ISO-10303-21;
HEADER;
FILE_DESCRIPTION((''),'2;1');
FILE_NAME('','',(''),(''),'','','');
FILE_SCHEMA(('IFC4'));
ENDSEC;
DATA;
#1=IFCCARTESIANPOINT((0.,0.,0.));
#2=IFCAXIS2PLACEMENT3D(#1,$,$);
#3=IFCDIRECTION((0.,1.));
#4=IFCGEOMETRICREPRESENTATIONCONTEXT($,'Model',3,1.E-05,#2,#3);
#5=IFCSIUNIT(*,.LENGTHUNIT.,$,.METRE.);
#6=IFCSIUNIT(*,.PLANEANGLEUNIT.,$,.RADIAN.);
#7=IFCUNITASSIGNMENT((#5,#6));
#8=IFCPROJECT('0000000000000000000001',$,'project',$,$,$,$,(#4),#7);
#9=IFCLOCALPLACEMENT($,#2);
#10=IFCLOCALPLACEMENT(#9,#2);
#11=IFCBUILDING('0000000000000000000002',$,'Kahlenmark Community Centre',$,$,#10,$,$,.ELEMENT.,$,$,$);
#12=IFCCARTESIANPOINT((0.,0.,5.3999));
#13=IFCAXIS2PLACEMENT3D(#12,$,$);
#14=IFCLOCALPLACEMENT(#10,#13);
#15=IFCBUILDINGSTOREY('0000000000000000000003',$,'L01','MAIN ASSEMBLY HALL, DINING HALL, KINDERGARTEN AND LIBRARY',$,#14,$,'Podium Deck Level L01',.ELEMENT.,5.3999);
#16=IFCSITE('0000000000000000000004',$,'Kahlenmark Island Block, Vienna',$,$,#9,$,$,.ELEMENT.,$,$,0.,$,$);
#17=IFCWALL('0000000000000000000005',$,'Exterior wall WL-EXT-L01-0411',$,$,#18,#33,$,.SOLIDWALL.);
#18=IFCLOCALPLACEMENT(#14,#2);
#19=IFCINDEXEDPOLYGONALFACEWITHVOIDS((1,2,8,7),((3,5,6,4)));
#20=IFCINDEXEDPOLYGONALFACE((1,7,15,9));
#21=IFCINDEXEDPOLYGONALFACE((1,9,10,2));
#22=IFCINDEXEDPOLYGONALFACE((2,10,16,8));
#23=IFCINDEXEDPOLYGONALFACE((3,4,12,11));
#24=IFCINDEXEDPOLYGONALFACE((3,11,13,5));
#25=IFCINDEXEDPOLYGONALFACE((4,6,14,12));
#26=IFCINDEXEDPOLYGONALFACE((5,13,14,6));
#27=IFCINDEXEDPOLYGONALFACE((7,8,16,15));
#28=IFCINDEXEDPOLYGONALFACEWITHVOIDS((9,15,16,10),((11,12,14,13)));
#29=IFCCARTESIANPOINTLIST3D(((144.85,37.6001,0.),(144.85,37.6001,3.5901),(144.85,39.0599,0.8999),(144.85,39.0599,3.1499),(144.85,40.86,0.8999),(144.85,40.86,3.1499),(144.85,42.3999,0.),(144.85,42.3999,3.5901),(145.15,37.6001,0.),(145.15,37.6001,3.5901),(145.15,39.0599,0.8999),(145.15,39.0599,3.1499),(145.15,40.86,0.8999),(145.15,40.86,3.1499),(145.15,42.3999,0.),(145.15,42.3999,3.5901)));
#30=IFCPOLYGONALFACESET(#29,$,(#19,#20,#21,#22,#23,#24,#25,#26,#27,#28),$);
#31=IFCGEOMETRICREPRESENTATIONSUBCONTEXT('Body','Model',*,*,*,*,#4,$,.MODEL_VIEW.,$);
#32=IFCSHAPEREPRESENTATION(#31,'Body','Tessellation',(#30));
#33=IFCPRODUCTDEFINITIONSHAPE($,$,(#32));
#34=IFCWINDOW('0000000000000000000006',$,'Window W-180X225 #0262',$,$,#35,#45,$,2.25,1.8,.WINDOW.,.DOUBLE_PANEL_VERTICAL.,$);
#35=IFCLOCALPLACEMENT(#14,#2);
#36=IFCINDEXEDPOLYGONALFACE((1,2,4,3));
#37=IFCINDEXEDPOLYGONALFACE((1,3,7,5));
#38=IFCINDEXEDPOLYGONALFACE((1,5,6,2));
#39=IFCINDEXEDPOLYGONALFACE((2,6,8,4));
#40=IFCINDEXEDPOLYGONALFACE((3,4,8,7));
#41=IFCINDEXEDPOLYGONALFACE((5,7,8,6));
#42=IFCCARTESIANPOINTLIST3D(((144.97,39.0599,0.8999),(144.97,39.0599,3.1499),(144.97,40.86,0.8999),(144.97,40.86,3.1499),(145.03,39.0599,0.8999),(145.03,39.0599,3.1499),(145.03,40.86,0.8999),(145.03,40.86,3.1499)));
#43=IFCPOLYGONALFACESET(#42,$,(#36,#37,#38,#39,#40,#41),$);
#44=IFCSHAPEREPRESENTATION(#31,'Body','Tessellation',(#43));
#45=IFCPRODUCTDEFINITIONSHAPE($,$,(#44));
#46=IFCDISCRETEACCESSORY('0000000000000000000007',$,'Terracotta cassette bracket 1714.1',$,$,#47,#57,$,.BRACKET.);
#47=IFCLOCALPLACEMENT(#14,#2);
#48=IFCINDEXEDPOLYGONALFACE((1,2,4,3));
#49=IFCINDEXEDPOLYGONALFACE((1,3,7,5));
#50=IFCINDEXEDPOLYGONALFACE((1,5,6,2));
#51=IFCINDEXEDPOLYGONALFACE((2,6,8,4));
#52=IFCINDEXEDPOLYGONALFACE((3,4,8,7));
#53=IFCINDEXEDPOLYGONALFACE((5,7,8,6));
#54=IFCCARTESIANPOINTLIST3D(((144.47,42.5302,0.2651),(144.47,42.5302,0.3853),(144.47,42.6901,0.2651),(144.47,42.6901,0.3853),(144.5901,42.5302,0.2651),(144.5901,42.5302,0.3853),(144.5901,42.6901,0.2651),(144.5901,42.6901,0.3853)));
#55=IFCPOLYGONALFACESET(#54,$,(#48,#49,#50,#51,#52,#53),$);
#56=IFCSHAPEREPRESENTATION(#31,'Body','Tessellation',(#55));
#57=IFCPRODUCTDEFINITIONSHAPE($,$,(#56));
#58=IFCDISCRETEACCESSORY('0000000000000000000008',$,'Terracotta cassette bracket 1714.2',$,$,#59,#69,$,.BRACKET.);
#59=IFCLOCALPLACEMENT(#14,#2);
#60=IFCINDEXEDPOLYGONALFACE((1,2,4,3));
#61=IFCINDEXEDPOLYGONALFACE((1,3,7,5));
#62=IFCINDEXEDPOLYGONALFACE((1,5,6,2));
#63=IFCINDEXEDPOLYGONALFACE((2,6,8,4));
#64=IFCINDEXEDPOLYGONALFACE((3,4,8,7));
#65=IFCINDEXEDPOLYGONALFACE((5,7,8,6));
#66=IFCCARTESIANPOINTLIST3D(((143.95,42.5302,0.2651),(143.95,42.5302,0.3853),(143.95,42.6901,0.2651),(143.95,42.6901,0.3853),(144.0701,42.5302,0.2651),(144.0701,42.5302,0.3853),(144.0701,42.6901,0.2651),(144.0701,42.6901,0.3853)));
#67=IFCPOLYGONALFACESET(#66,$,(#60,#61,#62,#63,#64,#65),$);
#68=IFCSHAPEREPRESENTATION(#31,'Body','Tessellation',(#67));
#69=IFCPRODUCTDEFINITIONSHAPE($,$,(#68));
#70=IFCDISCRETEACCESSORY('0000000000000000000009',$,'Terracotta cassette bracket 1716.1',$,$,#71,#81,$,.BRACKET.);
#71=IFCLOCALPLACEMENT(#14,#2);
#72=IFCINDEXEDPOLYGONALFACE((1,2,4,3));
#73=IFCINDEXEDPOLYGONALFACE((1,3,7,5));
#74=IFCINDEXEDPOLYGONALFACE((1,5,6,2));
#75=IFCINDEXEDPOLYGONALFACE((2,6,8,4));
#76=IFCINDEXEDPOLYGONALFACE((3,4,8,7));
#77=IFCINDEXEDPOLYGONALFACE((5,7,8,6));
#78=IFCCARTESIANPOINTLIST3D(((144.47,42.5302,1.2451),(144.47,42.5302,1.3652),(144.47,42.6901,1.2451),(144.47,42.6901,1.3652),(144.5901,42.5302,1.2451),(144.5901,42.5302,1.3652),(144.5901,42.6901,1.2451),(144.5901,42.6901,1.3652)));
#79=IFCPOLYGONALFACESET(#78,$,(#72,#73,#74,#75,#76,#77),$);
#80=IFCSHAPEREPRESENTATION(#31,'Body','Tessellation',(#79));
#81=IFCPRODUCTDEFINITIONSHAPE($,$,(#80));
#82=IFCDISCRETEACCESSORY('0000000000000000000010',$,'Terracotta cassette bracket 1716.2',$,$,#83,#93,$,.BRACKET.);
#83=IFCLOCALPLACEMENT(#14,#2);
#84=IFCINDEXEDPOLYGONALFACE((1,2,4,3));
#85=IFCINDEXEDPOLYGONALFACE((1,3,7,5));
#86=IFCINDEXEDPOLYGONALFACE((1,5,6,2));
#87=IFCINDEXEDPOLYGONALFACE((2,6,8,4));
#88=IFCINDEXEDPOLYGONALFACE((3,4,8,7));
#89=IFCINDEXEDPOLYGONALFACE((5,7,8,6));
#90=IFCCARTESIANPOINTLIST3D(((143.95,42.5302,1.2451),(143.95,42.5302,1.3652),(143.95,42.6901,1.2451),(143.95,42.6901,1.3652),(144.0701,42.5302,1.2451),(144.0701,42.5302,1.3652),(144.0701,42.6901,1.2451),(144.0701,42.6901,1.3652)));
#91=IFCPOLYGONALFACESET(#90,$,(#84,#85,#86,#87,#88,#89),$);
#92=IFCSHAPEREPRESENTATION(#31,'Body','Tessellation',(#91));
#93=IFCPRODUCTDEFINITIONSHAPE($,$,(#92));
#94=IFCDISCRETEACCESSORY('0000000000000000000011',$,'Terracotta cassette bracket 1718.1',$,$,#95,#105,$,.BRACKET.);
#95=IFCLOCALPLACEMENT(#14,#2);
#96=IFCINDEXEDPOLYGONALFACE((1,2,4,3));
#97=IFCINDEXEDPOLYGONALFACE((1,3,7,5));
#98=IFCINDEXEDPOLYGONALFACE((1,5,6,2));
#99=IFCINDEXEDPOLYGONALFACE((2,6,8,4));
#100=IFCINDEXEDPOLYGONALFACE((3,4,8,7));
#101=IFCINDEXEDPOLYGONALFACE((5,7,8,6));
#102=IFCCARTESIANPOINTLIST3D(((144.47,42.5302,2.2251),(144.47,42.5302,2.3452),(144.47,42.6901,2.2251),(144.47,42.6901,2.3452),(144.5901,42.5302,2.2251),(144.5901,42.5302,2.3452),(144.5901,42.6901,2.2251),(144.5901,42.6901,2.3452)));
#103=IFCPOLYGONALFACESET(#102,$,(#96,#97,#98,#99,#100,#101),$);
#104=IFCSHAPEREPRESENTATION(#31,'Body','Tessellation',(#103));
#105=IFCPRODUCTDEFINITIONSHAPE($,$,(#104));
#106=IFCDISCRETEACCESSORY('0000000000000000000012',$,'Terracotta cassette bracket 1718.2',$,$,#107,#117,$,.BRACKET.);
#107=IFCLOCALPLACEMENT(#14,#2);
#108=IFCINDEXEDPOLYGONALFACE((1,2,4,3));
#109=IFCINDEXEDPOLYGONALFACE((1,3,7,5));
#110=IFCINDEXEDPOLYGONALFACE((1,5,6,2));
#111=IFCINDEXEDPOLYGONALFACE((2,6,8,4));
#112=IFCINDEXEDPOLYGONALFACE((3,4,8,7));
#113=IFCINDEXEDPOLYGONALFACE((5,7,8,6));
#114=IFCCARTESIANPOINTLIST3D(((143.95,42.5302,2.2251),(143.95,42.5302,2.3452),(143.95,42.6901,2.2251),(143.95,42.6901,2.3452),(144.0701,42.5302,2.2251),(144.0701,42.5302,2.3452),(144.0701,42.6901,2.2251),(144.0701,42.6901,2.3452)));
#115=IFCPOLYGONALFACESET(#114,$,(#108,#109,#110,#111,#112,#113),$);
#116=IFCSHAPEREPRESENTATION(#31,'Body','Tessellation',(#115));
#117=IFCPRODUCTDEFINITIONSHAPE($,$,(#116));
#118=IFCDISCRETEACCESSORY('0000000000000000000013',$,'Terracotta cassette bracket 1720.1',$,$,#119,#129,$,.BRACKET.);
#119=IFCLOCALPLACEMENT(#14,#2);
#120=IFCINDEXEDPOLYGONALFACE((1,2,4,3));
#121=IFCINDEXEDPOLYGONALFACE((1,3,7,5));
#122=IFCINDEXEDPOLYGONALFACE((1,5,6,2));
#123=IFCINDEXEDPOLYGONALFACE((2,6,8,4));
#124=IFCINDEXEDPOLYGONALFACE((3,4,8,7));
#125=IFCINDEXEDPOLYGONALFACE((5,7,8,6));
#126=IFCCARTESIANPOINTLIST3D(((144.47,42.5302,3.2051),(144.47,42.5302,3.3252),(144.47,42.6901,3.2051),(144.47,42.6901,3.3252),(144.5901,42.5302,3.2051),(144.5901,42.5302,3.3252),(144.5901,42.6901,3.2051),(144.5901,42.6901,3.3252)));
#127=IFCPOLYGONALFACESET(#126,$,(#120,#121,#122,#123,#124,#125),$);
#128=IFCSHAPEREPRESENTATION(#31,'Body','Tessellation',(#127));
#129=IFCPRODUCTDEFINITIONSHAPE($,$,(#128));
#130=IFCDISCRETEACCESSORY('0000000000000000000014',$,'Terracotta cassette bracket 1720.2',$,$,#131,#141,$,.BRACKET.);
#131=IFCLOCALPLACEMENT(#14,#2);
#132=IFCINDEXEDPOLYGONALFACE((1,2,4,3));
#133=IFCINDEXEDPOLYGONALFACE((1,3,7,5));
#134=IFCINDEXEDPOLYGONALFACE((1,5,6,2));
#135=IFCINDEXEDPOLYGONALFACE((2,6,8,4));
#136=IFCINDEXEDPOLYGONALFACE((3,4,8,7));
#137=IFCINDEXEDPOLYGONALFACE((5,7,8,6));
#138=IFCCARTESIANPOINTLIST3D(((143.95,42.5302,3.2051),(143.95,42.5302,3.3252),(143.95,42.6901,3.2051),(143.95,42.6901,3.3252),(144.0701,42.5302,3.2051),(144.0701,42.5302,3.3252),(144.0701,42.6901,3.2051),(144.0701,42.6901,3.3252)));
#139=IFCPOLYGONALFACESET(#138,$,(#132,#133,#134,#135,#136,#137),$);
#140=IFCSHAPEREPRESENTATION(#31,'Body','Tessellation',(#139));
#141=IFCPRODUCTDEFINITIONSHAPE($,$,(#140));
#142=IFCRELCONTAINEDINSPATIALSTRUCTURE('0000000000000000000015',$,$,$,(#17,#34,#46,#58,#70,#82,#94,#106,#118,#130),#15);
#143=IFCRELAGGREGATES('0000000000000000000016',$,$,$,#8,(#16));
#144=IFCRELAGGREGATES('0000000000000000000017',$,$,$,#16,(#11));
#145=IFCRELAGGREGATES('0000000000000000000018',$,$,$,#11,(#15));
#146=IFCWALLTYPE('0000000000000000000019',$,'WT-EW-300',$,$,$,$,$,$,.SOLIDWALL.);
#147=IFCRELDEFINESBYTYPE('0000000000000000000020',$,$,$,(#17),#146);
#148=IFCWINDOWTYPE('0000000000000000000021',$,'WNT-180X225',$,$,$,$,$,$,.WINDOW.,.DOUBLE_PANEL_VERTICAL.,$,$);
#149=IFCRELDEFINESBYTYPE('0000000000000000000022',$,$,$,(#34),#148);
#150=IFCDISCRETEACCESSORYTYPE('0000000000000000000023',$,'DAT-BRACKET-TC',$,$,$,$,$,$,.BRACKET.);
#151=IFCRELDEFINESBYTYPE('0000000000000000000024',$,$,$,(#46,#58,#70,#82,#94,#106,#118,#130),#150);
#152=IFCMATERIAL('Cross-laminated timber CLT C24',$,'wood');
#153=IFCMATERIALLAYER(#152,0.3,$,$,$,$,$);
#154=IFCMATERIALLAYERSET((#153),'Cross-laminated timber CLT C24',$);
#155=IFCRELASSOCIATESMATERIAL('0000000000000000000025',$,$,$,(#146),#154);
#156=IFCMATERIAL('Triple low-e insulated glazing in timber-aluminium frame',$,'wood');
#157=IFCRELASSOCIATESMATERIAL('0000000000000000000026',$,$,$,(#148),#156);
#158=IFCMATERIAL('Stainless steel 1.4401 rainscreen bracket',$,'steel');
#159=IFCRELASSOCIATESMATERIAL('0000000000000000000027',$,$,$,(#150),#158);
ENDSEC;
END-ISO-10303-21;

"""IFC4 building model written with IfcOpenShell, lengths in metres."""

from ifc_helpers import new_model, si_unit, direction, frame, frame_2d, origin, origin_2d, place, context, subcontext, project, spatial, rectangle, extrude, material, layer, layer_set, type_object, element, fill, save


model = new_model("IFC4")

# Units and contexts
model_context = context("Model", 3, precision=1e-05, world=origin(), true_north=direction((0.0, 1.0)))
body_context = subcontext(model_context, "Body", "Model", "MODEL_VIEW")
ifc_project = project(units=[si_unit("LENGTHUNIT", "METRE"), si_unit("PLANEANGLEUNIT", "RADIAN")], contexts=[model_context])

# Site, building, storey
site_placement = place(None, origin())
site = spatial("IfcSite", under=ifc_project, at=site_placement, Name="Kahlenmark Island Block, Vienna", CompositionType="ELEMENT", RefElevation=0.0)
building_placement = place(site_placement, origin())
building = spatial("IfcBuilding", under=site, at=building_placement, Name="Kahlenmark Community Centre", CompositionType="ELEMENT")
storey_placement = place(building_placement, frame((0.0, 0.0, 5.3999)))
storey = spatial("IfcBuildingStorey", under=building, at=storey_placement, Name="L01", Description="MAIN ASSEMBLY HALL, DINING HALL, KINDERGARTEN AND LIBRARY", LongName="Podium Deck Level L01", CompositionType="ELEMENT", Elevation=5.3999)

# Wall, opening, window
ifc_material_1 = material(Name="Cross-laminated timber CLT C24", Category="wood")
ifc_layer_1 = layer(ifc_material_1, 0.3)
ifc_layer_set_1 = layer_set([ifc_layer_1], Name="Cross-laminated timber CLT C24")
wall_type = type_object("IfcWallType", Name="WT-EW-300", PredefinedType="SOLIDWALL", material=ifc_layer_set_1)
ifc_material_2 = material(Name="Triple low-e insulated glazing in timber-aluminium frame", Category="wood")
wall_1_placement = place(storey_placement, frame((145.0, 37.6001, 0.0), z_axis=(0.0, 0.0, 1.0), x_axis=(0.0, 1.0, 0.0)))
wall_1 = element("IfcWall", 1, at=wall_1_placement, inside=storey, type_object=wall_type, Name="Exterior wall WL-EXT-L01-0411", PredefinedType="SOLIDWALL", context=body_context, shape_type="SweptSolid", body=[
    extrude(rectangle(XDim=4.7998, YDim=0.3, at=frame_2d((2.3999, 0.0))), origin(), (0.0, 0.0, 1.0), 3.5901),
])
opening_1_placement = place(wall_1_placement, frame((1.46, 0.0, 0.8999)))
opening_1 = element("IfcOpeningElement", 2, at=opening_1_placement, cuts=wall_1, PredefinedType="OPENING", context=body_context, shape_type="SweptSolid", body=[
    extrude(rectangle(XDim=1.8, YDim=2.25, at=frame_2d((0.8999, 1.125))), frame((0.0, 0.1599, 0.0), z_axis=(0.0, -1.0, 0.0), x_axis=(1.0, 0.0, 0.0)), (0.0, 0.0, 1.0), 0.3201),
])
window_type_1 = type_object("IfcWindowType", Name="WNT-180X225", PartitioningType="DOUBLE_PANEL_VERTICAL", PredefinedType="WINDOW", material=ifc_material_2)
window_1_placement = place(opening_1_placement, origin())
window_1 = element("IfcWindow", 3, at=window_1_placement, inside=storey, type_object=window_type_1, Name="Window W-180X225 #0262", OverallHeight=2.25, OverallWidth=1.8, PartitioningType="DOUBLE_PANEL_VERTICAL", PredefinedType="WINDOW", context=body_context, shape_type="SweptSolid", body=[
    extrude(rectangle(XDim=1.8, YDim=2.25, at=frame_2d((0.8999, 1.125))), frame((0.0, 0.03, 0.0), z_axis=(0.0, -1.0, 0.0), x_axis=(1.0, 0.0, 0.0)), (0.0, 0.0, 1.0), 0.0601),
])
fill(opening_1, window_1)

# Discrete accessories
ifc_material_3 = material(Name="Stainless steel 1.4401 rainscreen bracket", Category="steel")
discrete_accessory_type = type_object("IfcDiscreteAccessoryType", Name="DAT-BRACKET-TC", PredefinedType="BRACKET", material=ifc_material_3)
for number, where, z_axis, x_axis, name in (
    (4, (144.53, 42.6101, 0.2651), (0.0, 0.0, 1.0), (-1.0, 0.0, 0.0), "Terracotta cassette bracket 1714.1"),
    (5, (144.01, 42.6101, 0.2651), (0.0, 0.0, 1.0), (-1.0, 0.0, 0.0), "Terracotta cassette bracket 1714.2"),
    (6, (144.53, 42.6101, 1.2451), (0.0, 0.0, 1.0), (-1.0, 0.0, 0.0), "Terracotta cassette bracket 1716.1"),
    (7, (144.01, 42.6101, 1.2451), (0.0, 0.0, 1.0), (-1.0, 0.0, 0.0), "Terracotta cassette bracket 1716.2"),
    (8, (144.53, 42.6101, 2.2251), (0.0, 0.0, 1.0), (-1.0, 0.0, 0.0), "Terracotta cassette bracket 1718.1"),
    (9, (144.01, 42.6101, 2.2251), (0.0, 0.0, 1.0), (-1.0, 0.0, 0.0), "Terracotta cassette bracket 1718.2"),
    (10, (144.53, 42.6101, 3.2051), (0.0, 0.0, 1.0), (-1.0, 0.0, 0.0), "Terracotta cassette bracket 1720.1"),
    (11, (144.01, 42.6101, 3.2051), (0.0, 0.0, 1.0), (-1.0, 0.0, 0.0), "Terracotta cassette bracket 1720.2"),
):
    element("IfcDiscreteAccessory", number, at=place(storey_placement, frame(where, z_axis=z_axis, x_axis=x_axis)), inside=storey, type_object=discrete_accessory_type, Name=name, PredefinedType="BRACKET", context=body_context, shape_type="SweptSolid", body=[
        extrude(rectangle(XDim=0.1201, YDim=0.1599, at=origin_2d()), origin(), (0.0, 0.0, 1.0), 0.1201),
    ])

save(model, "model.ifc")
